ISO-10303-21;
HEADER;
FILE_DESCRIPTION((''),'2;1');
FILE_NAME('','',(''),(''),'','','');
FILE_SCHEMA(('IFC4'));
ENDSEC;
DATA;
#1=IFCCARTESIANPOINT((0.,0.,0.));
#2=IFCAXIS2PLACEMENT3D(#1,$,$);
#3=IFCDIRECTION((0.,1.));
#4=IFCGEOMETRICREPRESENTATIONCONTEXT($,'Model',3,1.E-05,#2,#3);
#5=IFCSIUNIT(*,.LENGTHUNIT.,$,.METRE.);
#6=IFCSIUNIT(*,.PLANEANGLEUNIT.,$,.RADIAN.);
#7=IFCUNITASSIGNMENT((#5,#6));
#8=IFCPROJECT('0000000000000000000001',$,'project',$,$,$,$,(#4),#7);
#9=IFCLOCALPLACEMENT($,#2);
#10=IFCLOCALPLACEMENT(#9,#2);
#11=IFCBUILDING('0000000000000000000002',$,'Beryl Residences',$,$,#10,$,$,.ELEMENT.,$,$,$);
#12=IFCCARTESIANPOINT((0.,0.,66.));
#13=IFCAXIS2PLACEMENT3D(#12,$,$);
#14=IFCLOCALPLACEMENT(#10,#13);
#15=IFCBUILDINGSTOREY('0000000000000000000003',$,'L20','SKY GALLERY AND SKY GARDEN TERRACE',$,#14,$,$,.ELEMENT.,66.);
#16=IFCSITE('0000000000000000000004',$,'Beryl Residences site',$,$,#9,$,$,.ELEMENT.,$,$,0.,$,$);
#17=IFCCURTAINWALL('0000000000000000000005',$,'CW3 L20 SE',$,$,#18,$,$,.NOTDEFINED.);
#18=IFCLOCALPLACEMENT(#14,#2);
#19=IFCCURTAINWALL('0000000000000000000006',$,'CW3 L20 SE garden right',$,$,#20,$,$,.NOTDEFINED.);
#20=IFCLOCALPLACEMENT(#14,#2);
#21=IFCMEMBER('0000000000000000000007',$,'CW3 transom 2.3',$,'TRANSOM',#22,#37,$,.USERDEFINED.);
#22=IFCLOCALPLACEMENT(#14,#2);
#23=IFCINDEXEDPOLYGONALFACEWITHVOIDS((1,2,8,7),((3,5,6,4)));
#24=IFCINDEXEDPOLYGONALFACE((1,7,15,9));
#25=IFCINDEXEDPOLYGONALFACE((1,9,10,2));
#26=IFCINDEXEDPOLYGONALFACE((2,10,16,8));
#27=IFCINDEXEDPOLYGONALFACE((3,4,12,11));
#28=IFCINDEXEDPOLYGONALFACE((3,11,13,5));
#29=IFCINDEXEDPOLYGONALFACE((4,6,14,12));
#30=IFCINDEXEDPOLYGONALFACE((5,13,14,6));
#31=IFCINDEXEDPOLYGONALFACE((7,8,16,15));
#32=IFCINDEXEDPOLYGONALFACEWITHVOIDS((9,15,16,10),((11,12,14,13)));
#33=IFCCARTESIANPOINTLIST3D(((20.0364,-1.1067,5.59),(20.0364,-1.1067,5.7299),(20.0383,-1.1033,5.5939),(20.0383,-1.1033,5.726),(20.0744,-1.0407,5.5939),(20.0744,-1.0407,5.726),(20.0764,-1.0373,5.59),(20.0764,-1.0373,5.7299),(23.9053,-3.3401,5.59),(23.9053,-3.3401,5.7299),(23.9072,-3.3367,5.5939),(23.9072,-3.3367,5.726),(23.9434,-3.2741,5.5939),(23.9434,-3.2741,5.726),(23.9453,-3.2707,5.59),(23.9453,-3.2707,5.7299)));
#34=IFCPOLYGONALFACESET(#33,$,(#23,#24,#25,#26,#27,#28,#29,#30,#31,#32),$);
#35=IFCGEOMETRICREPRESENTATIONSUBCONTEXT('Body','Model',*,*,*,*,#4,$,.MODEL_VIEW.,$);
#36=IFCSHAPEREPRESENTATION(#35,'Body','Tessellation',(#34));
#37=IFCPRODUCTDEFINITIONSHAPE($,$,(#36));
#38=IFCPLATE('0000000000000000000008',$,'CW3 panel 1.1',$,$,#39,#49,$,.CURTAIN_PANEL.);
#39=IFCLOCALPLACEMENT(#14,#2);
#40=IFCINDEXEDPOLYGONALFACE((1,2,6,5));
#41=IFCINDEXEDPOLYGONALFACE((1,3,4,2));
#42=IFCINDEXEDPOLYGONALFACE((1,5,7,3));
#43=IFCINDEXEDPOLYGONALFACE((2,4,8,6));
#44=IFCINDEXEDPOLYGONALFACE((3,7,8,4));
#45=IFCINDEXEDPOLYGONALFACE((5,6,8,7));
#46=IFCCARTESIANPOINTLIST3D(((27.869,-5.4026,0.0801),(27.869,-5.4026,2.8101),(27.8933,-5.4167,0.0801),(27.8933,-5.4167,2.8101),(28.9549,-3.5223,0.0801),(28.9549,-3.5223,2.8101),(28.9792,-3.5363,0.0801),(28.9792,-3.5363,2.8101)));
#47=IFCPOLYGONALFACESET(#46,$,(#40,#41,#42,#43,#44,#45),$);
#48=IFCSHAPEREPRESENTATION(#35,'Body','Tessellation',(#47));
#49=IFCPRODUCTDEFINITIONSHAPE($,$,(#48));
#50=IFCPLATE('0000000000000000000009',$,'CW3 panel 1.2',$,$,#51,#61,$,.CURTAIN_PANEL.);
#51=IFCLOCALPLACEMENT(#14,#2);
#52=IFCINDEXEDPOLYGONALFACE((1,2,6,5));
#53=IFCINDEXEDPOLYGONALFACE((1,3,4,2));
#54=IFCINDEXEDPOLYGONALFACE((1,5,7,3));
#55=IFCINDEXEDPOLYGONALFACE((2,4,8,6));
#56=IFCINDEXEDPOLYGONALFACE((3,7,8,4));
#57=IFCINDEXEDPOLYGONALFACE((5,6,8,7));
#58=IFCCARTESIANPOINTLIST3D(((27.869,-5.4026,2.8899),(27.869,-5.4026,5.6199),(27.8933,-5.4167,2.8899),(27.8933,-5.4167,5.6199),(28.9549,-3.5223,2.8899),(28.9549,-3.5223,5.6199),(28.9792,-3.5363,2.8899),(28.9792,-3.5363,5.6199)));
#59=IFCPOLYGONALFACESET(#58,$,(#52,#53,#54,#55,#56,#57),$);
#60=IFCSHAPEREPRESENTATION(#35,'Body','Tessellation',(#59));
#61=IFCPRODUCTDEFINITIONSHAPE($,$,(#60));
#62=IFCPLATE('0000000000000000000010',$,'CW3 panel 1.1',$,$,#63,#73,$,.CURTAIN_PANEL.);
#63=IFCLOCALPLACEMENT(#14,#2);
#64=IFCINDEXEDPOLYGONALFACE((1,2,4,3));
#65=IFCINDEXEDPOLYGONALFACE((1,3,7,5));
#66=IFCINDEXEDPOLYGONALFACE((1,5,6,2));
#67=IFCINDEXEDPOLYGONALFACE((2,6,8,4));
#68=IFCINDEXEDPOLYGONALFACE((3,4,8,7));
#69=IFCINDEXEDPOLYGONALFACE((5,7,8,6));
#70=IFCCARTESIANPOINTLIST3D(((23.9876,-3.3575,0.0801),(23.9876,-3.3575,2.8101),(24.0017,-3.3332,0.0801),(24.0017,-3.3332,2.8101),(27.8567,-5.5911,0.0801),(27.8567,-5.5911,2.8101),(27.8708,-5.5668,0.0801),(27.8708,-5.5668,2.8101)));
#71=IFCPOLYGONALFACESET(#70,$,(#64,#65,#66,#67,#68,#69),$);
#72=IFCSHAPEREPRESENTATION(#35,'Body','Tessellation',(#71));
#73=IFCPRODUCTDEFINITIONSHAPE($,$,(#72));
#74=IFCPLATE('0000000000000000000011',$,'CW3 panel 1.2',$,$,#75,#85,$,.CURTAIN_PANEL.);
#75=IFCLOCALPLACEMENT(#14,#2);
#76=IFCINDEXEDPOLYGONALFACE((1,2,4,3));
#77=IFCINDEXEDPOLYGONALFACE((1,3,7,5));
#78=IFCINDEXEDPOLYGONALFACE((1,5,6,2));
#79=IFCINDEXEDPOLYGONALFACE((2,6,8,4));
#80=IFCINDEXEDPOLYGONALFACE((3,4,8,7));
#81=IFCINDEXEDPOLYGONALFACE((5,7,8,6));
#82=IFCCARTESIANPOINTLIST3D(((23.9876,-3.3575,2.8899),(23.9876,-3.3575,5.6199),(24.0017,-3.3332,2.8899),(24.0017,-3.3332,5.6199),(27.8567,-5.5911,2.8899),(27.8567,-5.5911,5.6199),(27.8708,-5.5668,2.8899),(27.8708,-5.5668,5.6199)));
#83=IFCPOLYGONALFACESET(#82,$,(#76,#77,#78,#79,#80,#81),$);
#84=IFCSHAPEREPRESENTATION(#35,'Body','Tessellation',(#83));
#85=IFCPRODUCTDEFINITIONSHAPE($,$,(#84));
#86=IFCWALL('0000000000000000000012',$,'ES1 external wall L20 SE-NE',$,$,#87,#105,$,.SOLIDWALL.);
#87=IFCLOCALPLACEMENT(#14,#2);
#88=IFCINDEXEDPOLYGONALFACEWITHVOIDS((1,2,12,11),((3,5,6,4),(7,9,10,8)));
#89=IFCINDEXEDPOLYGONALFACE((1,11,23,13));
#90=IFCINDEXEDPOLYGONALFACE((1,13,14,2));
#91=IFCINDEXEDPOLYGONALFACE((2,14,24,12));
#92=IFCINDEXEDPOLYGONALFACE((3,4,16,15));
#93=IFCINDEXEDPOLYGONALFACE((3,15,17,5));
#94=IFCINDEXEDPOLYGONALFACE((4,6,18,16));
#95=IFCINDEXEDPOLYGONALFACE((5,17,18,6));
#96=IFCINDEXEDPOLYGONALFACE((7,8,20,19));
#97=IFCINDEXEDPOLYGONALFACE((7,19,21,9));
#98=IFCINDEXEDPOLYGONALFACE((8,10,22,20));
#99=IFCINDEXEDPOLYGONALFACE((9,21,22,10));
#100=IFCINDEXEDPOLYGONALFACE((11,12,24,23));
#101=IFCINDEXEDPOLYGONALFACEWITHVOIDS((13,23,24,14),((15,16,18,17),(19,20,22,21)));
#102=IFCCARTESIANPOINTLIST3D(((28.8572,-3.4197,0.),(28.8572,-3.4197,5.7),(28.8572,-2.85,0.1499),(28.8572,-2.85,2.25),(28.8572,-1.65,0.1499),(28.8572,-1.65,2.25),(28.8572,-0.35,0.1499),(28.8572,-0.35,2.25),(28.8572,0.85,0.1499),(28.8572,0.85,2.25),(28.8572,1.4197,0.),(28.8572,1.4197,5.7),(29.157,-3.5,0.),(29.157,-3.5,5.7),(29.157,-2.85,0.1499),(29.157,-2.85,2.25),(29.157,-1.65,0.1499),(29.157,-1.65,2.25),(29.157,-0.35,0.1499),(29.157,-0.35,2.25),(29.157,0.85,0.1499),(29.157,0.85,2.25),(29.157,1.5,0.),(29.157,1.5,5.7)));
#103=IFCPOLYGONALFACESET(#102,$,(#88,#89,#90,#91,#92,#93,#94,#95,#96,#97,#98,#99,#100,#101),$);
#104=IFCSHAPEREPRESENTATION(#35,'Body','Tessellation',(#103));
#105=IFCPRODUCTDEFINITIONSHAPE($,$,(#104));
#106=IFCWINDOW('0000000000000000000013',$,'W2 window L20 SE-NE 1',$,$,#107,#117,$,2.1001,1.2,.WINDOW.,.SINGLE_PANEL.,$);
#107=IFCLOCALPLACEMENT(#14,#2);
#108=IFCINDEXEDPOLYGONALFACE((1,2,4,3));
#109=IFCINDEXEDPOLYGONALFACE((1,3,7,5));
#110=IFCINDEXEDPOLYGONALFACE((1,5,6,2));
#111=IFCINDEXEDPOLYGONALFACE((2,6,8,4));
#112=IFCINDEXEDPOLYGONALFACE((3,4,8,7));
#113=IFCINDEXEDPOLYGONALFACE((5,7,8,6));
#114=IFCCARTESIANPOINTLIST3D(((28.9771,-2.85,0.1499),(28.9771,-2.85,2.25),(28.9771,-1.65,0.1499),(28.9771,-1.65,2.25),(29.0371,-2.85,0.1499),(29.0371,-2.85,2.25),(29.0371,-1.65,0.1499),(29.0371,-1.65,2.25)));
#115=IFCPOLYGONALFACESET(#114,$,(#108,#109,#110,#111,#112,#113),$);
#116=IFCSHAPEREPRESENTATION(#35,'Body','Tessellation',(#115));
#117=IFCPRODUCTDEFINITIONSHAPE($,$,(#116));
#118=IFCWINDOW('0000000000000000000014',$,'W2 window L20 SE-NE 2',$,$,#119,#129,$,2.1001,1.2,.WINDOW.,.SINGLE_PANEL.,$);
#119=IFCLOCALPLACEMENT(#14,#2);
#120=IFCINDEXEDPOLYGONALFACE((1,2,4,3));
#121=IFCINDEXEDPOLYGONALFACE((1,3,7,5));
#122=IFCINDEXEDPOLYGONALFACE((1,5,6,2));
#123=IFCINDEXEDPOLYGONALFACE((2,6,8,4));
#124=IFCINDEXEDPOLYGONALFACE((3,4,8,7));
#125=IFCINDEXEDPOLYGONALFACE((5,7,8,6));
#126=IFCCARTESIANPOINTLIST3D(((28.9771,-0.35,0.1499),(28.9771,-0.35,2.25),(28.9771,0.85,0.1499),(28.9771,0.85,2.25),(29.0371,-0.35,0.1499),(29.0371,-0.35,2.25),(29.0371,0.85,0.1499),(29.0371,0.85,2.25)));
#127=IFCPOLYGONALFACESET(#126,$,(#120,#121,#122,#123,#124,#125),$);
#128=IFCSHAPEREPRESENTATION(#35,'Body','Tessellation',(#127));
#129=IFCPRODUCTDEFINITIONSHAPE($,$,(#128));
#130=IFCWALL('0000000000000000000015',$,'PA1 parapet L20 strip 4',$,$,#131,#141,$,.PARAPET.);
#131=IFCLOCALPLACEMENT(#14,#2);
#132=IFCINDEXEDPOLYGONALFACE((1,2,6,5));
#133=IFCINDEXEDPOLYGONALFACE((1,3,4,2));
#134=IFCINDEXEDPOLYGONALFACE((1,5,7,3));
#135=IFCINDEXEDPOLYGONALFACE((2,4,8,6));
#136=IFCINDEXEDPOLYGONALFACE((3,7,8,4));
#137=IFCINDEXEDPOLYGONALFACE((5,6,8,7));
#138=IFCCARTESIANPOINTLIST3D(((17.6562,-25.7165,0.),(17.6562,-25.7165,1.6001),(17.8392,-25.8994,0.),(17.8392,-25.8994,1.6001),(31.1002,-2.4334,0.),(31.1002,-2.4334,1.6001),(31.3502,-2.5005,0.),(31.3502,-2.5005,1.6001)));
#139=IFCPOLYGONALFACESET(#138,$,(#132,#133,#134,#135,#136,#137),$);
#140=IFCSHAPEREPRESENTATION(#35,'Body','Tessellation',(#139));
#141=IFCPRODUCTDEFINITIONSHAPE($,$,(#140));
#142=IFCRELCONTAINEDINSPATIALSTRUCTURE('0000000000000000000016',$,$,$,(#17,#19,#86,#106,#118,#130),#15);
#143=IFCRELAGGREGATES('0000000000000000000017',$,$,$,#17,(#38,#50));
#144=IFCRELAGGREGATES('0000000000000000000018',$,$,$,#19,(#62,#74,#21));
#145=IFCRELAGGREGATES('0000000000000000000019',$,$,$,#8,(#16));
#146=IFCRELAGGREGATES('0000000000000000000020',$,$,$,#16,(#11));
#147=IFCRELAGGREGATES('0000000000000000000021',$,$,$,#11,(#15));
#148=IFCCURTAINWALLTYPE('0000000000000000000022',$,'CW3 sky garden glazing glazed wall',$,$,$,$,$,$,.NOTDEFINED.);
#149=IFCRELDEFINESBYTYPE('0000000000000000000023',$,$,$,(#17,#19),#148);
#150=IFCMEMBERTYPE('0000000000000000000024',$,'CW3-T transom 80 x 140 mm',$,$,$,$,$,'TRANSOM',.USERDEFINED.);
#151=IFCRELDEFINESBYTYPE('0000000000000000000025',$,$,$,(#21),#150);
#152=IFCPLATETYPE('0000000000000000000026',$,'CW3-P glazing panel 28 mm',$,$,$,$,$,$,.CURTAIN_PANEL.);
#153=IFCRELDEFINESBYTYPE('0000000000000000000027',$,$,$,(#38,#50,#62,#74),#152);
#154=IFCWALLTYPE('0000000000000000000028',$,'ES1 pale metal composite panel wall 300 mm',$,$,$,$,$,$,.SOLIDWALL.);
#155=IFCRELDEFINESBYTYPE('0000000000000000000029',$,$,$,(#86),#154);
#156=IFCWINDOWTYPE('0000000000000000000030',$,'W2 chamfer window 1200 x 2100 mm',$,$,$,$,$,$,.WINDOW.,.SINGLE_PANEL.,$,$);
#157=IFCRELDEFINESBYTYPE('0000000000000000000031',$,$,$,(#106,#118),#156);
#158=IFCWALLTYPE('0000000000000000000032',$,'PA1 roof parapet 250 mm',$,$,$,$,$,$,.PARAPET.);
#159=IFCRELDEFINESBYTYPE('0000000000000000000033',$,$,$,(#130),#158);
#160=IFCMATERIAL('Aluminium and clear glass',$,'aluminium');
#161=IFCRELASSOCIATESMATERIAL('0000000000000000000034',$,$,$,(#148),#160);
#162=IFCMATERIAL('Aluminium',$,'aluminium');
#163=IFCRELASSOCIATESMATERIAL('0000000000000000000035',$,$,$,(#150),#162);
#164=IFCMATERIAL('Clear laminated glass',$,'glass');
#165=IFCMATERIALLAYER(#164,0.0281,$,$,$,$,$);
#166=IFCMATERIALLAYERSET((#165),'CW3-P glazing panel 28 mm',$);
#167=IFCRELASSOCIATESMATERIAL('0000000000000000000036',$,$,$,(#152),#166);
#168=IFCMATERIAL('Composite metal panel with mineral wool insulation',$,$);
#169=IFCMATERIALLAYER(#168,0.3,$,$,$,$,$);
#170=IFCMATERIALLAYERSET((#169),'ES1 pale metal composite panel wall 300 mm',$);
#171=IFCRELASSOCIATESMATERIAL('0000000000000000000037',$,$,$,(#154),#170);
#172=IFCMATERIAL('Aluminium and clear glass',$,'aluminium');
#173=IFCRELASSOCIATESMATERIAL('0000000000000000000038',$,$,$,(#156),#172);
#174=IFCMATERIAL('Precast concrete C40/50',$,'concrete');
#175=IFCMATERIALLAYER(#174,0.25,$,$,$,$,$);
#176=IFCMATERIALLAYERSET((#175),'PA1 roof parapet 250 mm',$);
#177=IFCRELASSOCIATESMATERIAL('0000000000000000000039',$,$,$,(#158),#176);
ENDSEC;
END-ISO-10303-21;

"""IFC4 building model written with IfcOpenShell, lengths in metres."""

from ifc_helpers import new_model, si_unit, direction, frame, frame_2d, origin, origin_2d, place, context, subcontext, project, spatial, polyline, rectangle, hollow_rectangle, outline, extrude, material, layer, layer_set, material_profile, profile_set, type_object, element, fill, aggregate, save


model = new_model("IFC4")

# Units and contexts
model_context = context("Model", 3, precision=1e-05, world=origin(), true_north=direction((0.0, 1.0)))
body_context = subcontext(model_context, "Body", "Model", "MODEL_VIEW")
ifc_project = project(units=[si_unit("LENGTHUNIT", "METRE"), si_unit("PLANEANGLEUNIT", "RADIAN")], contexts=[model_context])

# Site, building, storey
site_placement = place(None, origin())
site = spatial("IfcSite", under=ifc_project, at=site_placement, Name="Beryl Residences site", CompositionType="ELEMENT", RefElevation=0.0)
building_placement = place(site_placement, origin())
building = spatial("IfcBuilding", under=site, at=building_placement, Name="Beryl Residences", CompositionType="ELEMENT")
storey_placement = place(building_placement, frame((0.0, 0.0, 66.0)))
storey = spatial("IfcBuildingStorey", under=building, at=storey_placement, Name="L20", Description="SKY GALLERY AND SKY GARDEN TERRACE", CompositionType="ELEMENT", Elevation=66.0)

# Curtain walls
ifc_material_1 = material(Name="Aluminium and clear glass", Category="aluminium")
curtain_wall_type = type_object("IfcCurtainWallType", Name="CW3 sky garden glazing glazed wall", PredefinedType="NOTDEFINED", material=ifc_material_1)
curtain_wall_1_placement = place(storey_placement, origin())
curtain_wall_1 = element("IfcCurtainWall", 1, at=curtain_wall_1_placement, inside=storey, type_object=curtain_wall_type, Name="CW3 L20 SE", PredefinedType="NOTDEFINED")
curtain_wall_2_placement = place(storey_placement, origin())
curtain_wall_2 = element("IfcCurtainWall", 2, at=curtain_wall_2_placement, inside=storey, type_object=curtain_wall_type, Name="CW3 L20 SE garden right", PredefinedType="NOTDEFINED")

# Member
ifc_material_2 = material(Name="Aluminium", Category="aluminium")
ifc_material_profile_1 = material_profile(ifc_material_2, hollow_rectangle(XDim=0.0801, YDim=0.1399, WallThickness=0.0039, at=origin_2d()))
ifc_profile_set_1 = profile_set([ifc_material_profile_1], Name="Aluminium")
member_type_1 = type_object("IfcMemberType", Name="CW3-T transom 80 x 140 mm", ElementType="TRANSOM", PredefinedType="USERDEFINED", material=ifc_profile_set_1)
member_1_placement = place(storey_placement, frame((23.9253, -3.3054, 5.6599), z_axis=(-0.866055, 0.499948, 0.0), x_axis=(-0.499948, -0.866055, 0.0)))
member_1 = element("IfcMember", 3, at=member_1_placement, type_object=member_type_1, Name="CW3 transom 2.3", ObjectType="TRANSOM", PredefinedType="USERDEFINED", context=body_context, shape_type="SweptSolid", body=[
    extrude(hollow_rectangle(XDim=0.0801, YDim=0.1399, WallThickness=0.0039, at=origin_2d()), origin(), (0.0, 0.0, 1.0), 4.4673),
])

# Plates
ifc_material_3 = material(Name="Clear laminated glass", Category="glass")
ifc_layer_1 = layer(ifc_material_3, 0.0281)
ifc_layer_set_1 = layer_set([ifc_layer_1], Name="CW3-P glazing panel 28 mm")
plate_type = type_object("IfcPlateType", Name="CW3-P glazing panel 28 mm", PredefinedType="CURTAIN_PANEL", material=ifc_layer_set_1)
plate_1_placement = place(storey_placement, frame((28.4241, -4.4695, 0.0801), z_axis=(0.0, 0.0, 1.0), x_axis=(0.500106, 0.865964, 0.0)))
plate_1 = element("IfcPlate", 4, at=plate_1_placement, type_object=plate_type, Name="CW3 panel 1.1", PredefinedType="CURTAIN_PANEL", context=body_context, shape_type="SweptSolid", body=[
    extrude(rectangle(XDim=2.1714, YDim=0.0281, at=origin_2d()), origin(), (0.0, 0.0, 1.0), 2.73),
])
plate_2_placement = place(storey_placement, frame((28.4241, -4.4695, 2.8899), z_axis=(0.0, 0.0, 1.0), x_axis=(0.500106, 0.865964, 0.0)))
plate_2 = element("IfcPlate", 5, at=plate_2_placement, type_object=plate_type, Name="CW3 panel 1.2", PredefinedType="CURTAIN_PANEL", context=body_context, shape_type="SweptSolid", body=[
    extrude(rectangle(XDim=2.1714, YDim=0.0281, at=origin_2d()), origin(), (0.0, 0.0, 1.0), 2.73),
])
aggregate(curtain_wall_1, [plate_1, plate_2])
plate_3_placement = place(storey_placement, frame((25.9292, -4.4622, 0.0801), z_axis=(0.0, 0.0, 1.0), x_axis=(-0.866055, 0.499949, 0.0)))
plate_3 = element("IfcPlate", 6, at=plate_3_placement, type_object=plate_type, Name="CW3 panel 1.1", PredefinedType="CURTAIN_PANEL", context=body_context, shape_type="SweptSolid", body=[
    extrude(rectangle(XDim=4.4675, YDim=0.0281, at=origin_2d()), origin(), (0.0, 0.0, 1.0), 2.73),
])
plate_4_placement = place(storey_placement, frame((25.9292, -4.4622, 2.8899), z_axis=(0.0, 0.0, 1.0), x_axis=(-0.866055, 0.499949, 0.0)))
plate_4 = element("IfcPlate", 7, at=plate_4_placement, type_object=plate_type, Name="CW3 panel 1.2", PredefinedType="CURTAIN_PANEL", context=body_context, shape_type="SweptSolid", body=[
    extrude(rectangle(XDim=4.4675, YDim=0.0281, at=origin_2d()), origin(), (0.0, 0.0, 1.0), 2.73),
])
aggregate(curtain_wall_2, [plate_3, plate_4, member_1])

# Wall, openings, windows
ifc_material_4 = material(Name="Composite metal panel with mineral wool insulation")
ifc_layer_2 = layer(ifc_material_4, 0.3)
ifc_layer_set_2 = layer_set([ifc_layer_2], Name="ES1 pale metal composite panel wall 300 mm")
wall_type_1 = type_object("IfcWallType", Name="ES1 pale metal composite panel wall 300 mm", PredefinedType="SOLIDWALL", material=ifc_layer_set_2)
wall_1_placement = place(storey_placement, frame((29.0071, -3.5, 0.0), z_axis=(0.0, 0.0, 1.0), x_axis=(0.0, 1.0, 0.0)))
wall_1 = element("IfcWall", 8, at=wall_1_placement, inside=storey, type_object=wall_type_1, Name="ES1 external wall L20 SE-NE", PredefinedType="SOLIDWALL", context=body_context, shape_type="SweptSolid", body=[
    extrude(outline(polyline([(0.0, -0.1499), (5.0, -0.1499), (4.9197, 0.1499), (0.0803, 0.1499), (0.0, -0.1499)])), origin(), (0.0, 0.0, 1.0), 5.7),
])
opening_1_placement = place(wall_1_placement, frame((0.6499, 0.0, 0.1499)))
opening_1 = element("IfcOpeningElement", 9, at=opening_1_placement, cuts=wall_1, PredefinedType="OPENING", context=body_context, shape_type="SweptSolid", body=[
    extrude(rectangle(XDim=1.2, YDim=2.1001, at=frame_2d((0.6001, 1.05))), frame((0.0, 0.1599, 0.0), z_axis=(0.0, -1.0, 0.0), x_axis=(1.0, 0.0, 0.0)), (0.0, 0.0, 1.0), 0.3201),
])
opening_2_placement = place(wall_1_placement, frame((3.1499, 0.0, 0.1499)))
opening_2 = element("IfcOpeningElement", 10, at=opening_2_placement, cuts=wall_1, PredefinedType="OPENING", context=body_context, shape_type="SweptSolid", body=[
    extrude(rectangle(XDim=1.2, YDim=2.1001, at=frame_2d((0.6001, 1.05))), frame((0.0, 0.1599, 0.0), z_axis=(0.0, -1.0, 0.0), x_axis=(1.0, 0.0, 0.0)), (0.0, 0.0, 1.0), 0.3201),
])
ifc_material_5 = material(Name="Aluminium and clear glass", Category="aluminium")
window_type = type_object("IfcWindowType", Name="W2 chamfer window 1200 x 2100 mm", PartitioningType="SINGLE_PANEL", PredefinedType="WINDOW", material=ifc_material_5)
window_1_placement = place(opening_1_placement, origin())
window_1 = element("IfcWindow", 11, at=window_1_placement, inside=storey, type_object=window_type, Name="W2 window L20 SE-NE 1", OverallHeight=2.1001, OverallWidth=1.2, PartitioningType="SINGLE_PANEL", PredefinedType="WINDOW", context=body_context, shape_type="SweptSolid", body=[
    extrude(rectangle(XDim=1.2, YDim=2.1001, at=frame_2d((0.6001, 1.05))), frame((0.0, 0.03, 0.0), z_axis=(0.0, -1.0, 0.0), x_axis=(1.0, 0.0, 0.0)), (0.0, 0.0, 1.0), 0.0601),
])
fill(opening_1, window_1)
window_2_placement = place(opening_2_placement, origin())
window_2 = element("IfcWindow", 12, at=window_2_placement, inside=storey, type_object=window_type, Name="W2 window L20 SE-NE 2", OverallHeight=2.1001, OverallWidth=1.2, PartitioningType="SINGLE_PANEL", PredefinedType="WINDOW", context=body_context, shape_type="SweptSolid", body=[
    extrude(rectangle(XDim=1.2, YDim=2.1001, at=frame_2d((0.6001, 1.05))), frame((0.0, 0.03, 0.0), z_axis=(0.0, -1.0, 0.0), x_axis=(1.0, 0.0, 0.0)), (0.0, 0.0, 1.0), 0.0601),
])
fill(opening_2, window_2)

# Wall
ifc_material_6 = material(Name="Precast concrete C40/50", Category="concrete")
ifc_layer_3 = layer(ifc_material_6, 0.25)
ifc_layer_set_3 = layer_set([ifc_layer_3], Name="PA1 roof parapet 250 mm")
wall_type_2 = type_object("IfcWallType", Name="PA1 roof parapet 250 mm", PredefinedType="PARAPET", material=ifc_layer_set_3)
wall_2_placement = place(storey_placement, frame((31.2419, -2.438, 0.0), z_axis=(0.0, 0.0, 1.0), x_axis=(-0.500045, -0.866, 0.0)))
element("IfcWall", 13, at=wall_2_placement, inside=storey, type_object=wall_type_2, Name="PA1 parapet L20 strip 4", PredefinedType="PARAPET", context=body_context, shape_type="SweptSolid", body=[
    extrude(outline(polyline([(0.0669, -0.125), (26.9526, -0.125), (27.0195, 0.125), (0.0, 0.125), (0.0669, -0.125)])), origin(), (0.0, 0.0, 1.0), 1.6001),
])

save(model, "model.ifc")
